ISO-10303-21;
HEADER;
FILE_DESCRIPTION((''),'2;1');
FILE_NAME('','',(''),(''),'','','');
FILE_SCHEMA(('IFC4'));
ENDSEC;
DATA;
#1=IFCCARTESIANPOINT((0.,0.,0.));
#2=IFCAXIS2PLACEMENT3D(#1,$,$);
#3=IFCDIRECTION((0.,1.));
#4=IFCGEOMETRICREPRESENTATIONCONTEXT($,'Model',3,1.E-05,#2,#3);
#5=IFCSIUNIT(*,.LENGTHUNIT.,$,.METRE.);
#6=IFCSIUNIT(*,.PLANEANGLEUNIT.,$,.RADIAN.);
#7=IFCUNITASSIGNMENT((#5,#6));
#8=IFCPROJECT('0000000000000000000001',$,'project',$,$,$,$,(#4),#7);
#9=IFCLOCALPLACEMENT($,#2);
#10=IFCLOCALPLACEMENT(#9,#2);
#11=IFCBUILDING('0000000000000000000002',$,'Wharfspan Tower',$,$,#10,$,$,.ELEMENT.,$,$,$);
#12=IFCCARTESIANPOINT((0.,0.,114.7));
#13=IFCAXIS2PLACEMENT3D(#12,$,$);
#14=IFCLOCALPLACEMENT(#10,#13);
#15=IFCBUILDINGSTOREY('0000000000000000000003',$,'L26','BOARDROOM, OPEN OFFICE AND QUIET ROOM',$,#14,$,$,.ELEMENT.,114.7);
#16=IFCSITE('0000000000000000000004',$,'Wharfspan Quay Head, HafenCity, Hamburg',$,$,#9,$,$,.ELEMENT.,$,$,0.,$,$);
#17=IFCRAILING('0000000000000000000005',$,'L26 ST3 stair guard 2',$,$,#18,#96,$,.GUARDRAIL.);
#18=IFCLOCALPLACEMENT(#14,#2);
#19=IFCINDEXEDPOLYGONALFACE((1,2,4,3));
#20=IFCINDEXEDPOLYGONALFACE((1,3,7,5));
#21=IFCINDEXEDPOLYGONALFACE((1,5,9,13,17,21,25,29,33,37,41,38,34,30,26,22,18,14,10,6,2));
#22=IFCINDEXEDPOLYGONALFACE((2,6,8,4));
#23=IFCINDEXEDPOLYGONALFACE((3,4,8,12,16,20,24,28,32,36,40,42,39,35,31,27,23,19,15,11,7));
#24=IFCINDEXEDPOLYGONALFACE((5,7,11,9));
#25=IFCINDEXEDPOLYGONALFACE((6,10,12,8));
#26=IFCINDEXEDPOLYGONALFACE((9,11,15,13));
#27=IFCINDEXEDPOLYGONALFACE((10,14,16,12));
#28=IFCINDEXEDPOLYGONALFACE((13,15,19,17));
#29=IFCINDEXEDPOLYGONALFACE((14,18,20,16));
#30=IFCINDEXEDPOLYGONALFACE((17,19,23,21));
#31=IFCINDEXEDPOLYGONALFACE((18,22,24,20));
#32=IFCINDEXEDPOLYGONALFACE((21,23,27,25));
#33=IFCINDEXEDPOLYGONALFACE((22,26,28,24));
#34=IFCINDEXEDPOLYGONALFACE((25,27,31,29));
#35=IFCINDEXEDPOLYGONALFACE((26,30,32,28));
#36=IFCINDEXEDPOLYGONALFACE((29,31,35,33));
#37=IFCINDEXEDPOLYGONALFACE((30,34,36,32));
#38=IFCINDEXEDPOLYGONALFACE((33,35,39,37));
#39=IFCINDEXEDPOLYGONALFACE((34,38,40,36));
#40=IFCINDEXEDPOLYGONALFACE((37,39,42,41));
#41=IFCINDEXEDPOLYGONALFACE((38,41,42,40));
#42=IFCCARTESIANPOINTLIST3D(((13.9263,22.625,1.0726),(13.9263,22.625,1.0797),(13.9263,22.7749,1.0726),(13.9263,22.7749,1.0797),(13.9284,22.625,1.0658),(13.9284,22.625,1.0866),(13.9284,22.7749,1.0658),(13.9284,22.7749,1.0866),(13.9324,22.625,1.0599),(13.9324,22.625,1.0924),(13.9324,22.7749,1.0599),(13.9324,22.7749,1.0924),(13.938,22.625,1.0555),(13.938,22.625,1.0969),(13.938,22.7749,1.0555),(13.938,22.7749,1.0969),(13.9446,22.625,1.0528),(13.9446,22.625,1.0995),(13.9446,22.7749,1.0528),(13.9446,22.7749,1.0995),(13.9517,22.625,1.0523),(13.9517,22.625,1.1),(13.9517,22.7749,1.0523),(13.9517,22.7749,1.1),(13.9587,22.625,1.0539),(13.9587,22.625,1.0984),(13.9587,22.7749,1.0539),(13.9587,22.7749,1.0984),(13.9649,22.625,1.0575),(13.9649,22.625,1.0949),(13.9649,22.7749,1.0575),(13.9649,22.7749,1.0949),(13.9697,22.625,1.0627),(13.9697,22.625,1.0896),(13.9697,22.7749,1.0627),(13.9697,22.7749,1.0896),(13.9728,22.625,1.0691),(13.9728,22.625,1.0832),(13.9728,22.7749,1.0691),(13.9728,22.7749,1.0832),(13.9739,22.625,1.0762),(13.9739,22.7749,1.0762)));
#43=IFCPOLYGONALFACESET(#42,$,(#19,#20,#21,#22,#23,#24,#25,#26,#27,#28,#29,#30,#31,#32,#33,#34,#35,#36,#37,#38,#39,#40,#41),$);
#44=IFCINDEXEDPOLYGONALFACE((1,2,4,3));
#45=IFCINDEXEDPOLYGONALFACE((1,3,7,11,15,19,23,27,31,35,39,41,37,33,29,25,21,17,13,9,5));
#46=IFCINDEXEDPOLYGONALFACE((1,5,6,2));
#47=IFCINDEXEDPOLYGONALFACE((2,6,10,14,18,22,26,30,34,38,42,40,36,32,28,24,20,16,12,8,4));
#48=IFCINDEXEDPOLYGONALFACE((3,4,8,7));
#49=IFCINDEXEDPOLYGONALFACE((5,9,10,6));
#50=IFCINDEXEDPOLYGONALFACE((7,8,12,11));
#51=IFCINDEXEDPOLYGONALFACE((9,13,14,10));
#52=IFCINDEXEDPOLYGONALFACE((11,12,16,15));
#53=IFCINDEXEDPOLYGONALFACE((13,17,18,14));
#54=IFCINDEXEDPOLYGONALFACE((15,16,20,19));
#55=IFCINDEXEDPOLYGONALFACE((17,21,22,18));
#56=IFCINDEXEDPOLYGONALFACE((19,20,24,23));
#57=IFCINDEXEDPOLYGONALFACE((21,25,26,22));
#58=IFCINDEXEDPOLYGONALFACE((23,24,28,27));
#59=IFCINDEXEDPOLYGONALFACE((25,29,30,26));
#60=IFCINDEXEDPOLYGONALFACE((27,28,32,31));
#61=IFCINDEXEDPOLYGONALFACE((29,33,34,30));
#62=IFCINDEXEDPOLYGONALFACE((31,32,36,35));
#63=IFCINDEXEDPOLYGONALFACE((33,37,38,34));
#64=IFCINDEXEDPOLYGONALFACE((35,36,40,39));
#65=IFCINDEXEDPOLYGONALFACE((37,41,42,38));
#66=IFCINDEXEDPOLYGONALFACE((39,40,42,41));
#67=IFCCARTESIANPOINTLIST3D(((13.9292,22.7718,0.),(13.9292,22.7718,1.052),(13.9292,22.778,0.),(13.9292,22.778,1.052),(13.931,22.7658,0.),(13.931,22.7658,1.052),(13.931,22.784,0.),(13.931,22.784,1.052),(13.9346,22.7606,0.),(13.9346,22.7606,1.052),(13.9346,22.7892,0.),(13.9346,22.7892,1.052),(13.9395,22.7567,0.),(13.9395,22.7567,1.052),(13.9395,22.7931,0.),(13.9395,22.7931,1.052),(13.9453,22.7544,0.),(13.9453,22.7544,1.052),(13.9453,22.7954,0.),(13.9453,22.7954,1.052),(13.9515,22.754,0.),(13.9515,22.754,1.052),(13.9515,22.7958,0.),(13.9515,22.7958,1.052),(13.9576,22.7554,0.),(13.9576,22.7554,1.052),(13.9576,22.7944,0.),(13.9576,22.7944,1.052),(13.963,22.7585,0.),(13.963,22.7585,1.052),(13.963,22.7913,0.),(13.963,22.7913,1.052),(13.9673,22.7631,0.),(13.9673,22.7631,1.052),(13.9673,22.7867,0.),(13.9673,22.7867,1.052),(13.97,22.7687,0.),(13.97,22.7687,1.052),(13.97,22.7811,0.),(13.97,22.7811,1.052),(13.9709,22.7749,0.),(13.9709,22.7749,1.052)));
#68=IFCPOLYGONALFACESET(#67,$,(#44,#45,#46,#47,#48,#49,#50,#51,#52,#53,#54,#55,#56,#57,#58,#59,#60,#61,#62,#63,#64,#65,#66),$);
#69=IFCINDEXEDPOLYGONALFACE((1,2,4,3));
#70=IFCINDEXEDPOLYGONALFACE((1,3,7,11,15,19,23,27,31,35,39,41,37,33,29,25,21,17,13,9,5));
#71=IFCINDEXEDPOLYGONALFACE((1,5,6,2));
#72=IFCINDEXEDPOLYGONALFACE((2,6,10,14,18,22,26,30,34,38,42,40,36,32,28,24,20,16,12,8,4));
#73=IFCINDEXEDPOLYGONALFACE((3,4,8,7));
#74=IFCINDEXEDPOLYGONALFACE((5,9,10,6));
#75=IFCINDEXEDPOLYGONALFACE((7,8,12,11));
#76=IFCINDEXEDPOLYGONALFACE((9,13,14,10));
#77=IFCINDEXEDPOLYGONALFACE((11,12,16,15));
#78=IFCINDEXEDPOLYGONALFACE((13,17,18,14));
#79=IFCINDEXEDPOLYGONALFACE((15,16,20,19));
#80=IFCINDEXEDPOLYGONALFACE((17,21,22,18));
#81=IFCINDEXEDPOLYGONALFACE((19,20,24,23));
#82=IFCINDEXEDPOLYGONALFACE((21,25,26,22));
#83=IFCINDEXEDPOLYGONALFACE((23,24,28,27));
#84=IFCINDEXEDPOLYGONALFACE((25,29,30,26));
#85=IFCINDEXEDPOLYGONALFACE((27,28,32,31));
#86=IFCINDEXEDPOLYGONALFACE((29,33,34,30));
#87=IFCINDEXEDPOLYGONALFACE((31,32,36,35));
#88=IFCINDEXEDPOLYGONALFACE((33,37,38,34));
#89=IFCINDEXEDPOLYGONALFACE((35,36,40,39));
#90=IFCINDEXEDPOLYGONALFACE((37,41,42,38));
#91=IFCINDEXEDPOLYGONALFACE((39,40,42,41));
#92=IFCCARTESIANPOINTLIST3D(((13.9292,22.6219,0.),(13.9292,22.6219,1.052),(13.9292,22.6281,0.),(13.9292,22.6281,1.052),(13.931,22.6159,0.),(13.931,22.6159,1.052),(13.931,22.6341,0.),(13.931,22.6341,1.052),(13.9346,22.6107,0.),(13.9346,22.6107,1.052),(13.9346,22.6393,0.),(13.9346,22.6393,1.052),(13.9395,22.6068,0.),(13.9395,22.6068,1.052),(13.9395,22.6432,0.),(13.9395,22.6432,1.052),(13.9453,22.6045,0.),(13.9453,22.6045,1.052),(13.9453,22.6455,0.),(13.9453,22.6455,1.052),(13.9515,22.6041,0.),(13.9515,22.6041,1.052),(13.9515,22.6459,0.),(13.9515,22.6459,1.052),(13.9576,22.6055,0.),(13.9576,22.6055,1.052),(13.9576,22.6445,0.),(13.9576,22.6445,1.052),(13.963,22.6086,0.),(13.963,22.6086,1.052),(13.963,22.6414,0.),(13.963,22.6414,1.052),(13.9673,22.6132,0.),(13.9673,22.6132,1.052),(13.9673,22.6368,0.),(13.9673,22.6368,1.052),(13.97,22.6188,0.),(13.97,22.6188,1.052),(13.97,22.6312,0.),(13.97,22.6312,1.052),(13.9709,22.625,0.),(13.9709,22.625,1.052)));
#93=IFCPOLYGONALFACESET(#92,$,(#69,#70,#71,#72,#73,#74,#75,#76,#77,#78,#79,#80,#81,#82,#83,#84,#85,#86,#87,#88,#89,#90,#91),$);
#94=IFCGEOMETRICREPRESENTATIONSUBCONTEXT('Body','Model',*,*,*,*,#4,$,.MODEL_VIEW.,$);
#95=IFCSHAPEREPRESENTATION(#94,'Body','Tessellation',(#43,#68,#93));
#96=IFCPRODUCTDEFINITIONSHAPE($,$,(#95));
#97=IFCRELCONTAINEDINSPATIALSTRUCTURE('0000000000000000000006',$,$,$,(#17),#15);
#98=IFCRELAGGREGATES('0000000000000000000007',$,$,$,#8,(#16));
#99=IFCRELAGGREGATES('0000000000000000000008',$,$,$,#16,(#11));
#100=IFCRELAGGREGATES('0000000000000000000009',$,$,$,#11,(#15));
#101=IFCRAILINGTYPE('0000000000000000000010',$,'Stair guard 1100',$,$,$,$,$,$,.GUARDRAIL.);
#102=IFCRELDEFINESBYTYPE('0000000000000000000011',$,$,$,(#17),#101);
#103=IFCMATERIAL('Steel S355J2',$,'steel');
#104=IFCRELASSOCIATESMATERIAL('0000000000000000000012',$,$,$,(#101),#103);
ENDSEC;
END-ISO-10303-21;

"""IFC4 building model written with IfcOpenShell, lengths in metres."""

from ifc_helpers import new_model, si_unit, direction, frame, origin, origin_2d, place, context, subcontext, project, spatial, circle, extrude, material, type_object, element, save


model = new_model("IFC4")

# Units and contexts
model_context = context("Model", 3, precision=1e-05, world=origin(), true_north=direction((0.0, 1.0)))
body_context = subcontext(model_context, "Body", "Model", "MODEL_VIEW")
ifc_project = project(units=[si_unit("LENGTHUNIT", "METRE"), si_unit("PLANEANGLEUNIT", "RADIAN")], contexts=[model_context])

# Site, building, storey
site_placement = place(None, origin())
site = spatial("IfcSite", under=ifc_project, at=site_placement, Name="Wharfspan Quay Head, HafenCity, Hamburg", CompositionType="ELEMENT", RefElevation=0.0)
building_placement = place(site_placement, origin())
building = spatial("IfcBuilding", under=site, at=building_placement, Name="Wharfspan Tower", CompositionType="ELEMENT")
storey_placement = place(building_placement, frame((0.0, 0.0, 114.7)))
storey = spatial("IfcBuildingStorey", under=building, at=storey_placement, Name="L26", Description="BOARDROOM, OPEN OFFICE AND QUIET ROOM", CompositionType="ELEMENT", Elevation=114.7)

# Shared definitions
ifc_material_1 = material(Name="Steel S355J2", Category="steel")

# Railing
railing_type_1 = type_object("IfcRailingType", Name="Stair guard 1100", PredefinedType="GUARDRAIL", material=ifc_material_1)
railing_1_placement = place(storey_placement, frame((13.95, 22.7749, 0.0)))
element("IfcRailing", 1, at=railing_1_placement, inside=storey, type_object=railing_type_1, Name="L26 ST3 stair guard 2", PredefinedType="GUARDRAIL", context=body_context, shape_type="SweptSolid", body=[
    extrude(circle(Radius=0.0239, at=origin_2d()), frame((0.0, 0.0, 1.0762), z_axis=(0.0, -1.0, 0.0), x_axis=(1.0, 0.0, 0.0)), (0.0, 0.0, 1.0), 0.1499),
    extrude(circle(Radius=0.021, at=origin_2d()), origin(), (0.0, 0.0, 1.0), 1.052),
    extrude(circle(Radius=0.021, at=origin_2d()), frame((0.0, -0.1499, 0.0)), (0.0, 0.0, 1.0), 1.052),
])

save(model, "model.ifc")
